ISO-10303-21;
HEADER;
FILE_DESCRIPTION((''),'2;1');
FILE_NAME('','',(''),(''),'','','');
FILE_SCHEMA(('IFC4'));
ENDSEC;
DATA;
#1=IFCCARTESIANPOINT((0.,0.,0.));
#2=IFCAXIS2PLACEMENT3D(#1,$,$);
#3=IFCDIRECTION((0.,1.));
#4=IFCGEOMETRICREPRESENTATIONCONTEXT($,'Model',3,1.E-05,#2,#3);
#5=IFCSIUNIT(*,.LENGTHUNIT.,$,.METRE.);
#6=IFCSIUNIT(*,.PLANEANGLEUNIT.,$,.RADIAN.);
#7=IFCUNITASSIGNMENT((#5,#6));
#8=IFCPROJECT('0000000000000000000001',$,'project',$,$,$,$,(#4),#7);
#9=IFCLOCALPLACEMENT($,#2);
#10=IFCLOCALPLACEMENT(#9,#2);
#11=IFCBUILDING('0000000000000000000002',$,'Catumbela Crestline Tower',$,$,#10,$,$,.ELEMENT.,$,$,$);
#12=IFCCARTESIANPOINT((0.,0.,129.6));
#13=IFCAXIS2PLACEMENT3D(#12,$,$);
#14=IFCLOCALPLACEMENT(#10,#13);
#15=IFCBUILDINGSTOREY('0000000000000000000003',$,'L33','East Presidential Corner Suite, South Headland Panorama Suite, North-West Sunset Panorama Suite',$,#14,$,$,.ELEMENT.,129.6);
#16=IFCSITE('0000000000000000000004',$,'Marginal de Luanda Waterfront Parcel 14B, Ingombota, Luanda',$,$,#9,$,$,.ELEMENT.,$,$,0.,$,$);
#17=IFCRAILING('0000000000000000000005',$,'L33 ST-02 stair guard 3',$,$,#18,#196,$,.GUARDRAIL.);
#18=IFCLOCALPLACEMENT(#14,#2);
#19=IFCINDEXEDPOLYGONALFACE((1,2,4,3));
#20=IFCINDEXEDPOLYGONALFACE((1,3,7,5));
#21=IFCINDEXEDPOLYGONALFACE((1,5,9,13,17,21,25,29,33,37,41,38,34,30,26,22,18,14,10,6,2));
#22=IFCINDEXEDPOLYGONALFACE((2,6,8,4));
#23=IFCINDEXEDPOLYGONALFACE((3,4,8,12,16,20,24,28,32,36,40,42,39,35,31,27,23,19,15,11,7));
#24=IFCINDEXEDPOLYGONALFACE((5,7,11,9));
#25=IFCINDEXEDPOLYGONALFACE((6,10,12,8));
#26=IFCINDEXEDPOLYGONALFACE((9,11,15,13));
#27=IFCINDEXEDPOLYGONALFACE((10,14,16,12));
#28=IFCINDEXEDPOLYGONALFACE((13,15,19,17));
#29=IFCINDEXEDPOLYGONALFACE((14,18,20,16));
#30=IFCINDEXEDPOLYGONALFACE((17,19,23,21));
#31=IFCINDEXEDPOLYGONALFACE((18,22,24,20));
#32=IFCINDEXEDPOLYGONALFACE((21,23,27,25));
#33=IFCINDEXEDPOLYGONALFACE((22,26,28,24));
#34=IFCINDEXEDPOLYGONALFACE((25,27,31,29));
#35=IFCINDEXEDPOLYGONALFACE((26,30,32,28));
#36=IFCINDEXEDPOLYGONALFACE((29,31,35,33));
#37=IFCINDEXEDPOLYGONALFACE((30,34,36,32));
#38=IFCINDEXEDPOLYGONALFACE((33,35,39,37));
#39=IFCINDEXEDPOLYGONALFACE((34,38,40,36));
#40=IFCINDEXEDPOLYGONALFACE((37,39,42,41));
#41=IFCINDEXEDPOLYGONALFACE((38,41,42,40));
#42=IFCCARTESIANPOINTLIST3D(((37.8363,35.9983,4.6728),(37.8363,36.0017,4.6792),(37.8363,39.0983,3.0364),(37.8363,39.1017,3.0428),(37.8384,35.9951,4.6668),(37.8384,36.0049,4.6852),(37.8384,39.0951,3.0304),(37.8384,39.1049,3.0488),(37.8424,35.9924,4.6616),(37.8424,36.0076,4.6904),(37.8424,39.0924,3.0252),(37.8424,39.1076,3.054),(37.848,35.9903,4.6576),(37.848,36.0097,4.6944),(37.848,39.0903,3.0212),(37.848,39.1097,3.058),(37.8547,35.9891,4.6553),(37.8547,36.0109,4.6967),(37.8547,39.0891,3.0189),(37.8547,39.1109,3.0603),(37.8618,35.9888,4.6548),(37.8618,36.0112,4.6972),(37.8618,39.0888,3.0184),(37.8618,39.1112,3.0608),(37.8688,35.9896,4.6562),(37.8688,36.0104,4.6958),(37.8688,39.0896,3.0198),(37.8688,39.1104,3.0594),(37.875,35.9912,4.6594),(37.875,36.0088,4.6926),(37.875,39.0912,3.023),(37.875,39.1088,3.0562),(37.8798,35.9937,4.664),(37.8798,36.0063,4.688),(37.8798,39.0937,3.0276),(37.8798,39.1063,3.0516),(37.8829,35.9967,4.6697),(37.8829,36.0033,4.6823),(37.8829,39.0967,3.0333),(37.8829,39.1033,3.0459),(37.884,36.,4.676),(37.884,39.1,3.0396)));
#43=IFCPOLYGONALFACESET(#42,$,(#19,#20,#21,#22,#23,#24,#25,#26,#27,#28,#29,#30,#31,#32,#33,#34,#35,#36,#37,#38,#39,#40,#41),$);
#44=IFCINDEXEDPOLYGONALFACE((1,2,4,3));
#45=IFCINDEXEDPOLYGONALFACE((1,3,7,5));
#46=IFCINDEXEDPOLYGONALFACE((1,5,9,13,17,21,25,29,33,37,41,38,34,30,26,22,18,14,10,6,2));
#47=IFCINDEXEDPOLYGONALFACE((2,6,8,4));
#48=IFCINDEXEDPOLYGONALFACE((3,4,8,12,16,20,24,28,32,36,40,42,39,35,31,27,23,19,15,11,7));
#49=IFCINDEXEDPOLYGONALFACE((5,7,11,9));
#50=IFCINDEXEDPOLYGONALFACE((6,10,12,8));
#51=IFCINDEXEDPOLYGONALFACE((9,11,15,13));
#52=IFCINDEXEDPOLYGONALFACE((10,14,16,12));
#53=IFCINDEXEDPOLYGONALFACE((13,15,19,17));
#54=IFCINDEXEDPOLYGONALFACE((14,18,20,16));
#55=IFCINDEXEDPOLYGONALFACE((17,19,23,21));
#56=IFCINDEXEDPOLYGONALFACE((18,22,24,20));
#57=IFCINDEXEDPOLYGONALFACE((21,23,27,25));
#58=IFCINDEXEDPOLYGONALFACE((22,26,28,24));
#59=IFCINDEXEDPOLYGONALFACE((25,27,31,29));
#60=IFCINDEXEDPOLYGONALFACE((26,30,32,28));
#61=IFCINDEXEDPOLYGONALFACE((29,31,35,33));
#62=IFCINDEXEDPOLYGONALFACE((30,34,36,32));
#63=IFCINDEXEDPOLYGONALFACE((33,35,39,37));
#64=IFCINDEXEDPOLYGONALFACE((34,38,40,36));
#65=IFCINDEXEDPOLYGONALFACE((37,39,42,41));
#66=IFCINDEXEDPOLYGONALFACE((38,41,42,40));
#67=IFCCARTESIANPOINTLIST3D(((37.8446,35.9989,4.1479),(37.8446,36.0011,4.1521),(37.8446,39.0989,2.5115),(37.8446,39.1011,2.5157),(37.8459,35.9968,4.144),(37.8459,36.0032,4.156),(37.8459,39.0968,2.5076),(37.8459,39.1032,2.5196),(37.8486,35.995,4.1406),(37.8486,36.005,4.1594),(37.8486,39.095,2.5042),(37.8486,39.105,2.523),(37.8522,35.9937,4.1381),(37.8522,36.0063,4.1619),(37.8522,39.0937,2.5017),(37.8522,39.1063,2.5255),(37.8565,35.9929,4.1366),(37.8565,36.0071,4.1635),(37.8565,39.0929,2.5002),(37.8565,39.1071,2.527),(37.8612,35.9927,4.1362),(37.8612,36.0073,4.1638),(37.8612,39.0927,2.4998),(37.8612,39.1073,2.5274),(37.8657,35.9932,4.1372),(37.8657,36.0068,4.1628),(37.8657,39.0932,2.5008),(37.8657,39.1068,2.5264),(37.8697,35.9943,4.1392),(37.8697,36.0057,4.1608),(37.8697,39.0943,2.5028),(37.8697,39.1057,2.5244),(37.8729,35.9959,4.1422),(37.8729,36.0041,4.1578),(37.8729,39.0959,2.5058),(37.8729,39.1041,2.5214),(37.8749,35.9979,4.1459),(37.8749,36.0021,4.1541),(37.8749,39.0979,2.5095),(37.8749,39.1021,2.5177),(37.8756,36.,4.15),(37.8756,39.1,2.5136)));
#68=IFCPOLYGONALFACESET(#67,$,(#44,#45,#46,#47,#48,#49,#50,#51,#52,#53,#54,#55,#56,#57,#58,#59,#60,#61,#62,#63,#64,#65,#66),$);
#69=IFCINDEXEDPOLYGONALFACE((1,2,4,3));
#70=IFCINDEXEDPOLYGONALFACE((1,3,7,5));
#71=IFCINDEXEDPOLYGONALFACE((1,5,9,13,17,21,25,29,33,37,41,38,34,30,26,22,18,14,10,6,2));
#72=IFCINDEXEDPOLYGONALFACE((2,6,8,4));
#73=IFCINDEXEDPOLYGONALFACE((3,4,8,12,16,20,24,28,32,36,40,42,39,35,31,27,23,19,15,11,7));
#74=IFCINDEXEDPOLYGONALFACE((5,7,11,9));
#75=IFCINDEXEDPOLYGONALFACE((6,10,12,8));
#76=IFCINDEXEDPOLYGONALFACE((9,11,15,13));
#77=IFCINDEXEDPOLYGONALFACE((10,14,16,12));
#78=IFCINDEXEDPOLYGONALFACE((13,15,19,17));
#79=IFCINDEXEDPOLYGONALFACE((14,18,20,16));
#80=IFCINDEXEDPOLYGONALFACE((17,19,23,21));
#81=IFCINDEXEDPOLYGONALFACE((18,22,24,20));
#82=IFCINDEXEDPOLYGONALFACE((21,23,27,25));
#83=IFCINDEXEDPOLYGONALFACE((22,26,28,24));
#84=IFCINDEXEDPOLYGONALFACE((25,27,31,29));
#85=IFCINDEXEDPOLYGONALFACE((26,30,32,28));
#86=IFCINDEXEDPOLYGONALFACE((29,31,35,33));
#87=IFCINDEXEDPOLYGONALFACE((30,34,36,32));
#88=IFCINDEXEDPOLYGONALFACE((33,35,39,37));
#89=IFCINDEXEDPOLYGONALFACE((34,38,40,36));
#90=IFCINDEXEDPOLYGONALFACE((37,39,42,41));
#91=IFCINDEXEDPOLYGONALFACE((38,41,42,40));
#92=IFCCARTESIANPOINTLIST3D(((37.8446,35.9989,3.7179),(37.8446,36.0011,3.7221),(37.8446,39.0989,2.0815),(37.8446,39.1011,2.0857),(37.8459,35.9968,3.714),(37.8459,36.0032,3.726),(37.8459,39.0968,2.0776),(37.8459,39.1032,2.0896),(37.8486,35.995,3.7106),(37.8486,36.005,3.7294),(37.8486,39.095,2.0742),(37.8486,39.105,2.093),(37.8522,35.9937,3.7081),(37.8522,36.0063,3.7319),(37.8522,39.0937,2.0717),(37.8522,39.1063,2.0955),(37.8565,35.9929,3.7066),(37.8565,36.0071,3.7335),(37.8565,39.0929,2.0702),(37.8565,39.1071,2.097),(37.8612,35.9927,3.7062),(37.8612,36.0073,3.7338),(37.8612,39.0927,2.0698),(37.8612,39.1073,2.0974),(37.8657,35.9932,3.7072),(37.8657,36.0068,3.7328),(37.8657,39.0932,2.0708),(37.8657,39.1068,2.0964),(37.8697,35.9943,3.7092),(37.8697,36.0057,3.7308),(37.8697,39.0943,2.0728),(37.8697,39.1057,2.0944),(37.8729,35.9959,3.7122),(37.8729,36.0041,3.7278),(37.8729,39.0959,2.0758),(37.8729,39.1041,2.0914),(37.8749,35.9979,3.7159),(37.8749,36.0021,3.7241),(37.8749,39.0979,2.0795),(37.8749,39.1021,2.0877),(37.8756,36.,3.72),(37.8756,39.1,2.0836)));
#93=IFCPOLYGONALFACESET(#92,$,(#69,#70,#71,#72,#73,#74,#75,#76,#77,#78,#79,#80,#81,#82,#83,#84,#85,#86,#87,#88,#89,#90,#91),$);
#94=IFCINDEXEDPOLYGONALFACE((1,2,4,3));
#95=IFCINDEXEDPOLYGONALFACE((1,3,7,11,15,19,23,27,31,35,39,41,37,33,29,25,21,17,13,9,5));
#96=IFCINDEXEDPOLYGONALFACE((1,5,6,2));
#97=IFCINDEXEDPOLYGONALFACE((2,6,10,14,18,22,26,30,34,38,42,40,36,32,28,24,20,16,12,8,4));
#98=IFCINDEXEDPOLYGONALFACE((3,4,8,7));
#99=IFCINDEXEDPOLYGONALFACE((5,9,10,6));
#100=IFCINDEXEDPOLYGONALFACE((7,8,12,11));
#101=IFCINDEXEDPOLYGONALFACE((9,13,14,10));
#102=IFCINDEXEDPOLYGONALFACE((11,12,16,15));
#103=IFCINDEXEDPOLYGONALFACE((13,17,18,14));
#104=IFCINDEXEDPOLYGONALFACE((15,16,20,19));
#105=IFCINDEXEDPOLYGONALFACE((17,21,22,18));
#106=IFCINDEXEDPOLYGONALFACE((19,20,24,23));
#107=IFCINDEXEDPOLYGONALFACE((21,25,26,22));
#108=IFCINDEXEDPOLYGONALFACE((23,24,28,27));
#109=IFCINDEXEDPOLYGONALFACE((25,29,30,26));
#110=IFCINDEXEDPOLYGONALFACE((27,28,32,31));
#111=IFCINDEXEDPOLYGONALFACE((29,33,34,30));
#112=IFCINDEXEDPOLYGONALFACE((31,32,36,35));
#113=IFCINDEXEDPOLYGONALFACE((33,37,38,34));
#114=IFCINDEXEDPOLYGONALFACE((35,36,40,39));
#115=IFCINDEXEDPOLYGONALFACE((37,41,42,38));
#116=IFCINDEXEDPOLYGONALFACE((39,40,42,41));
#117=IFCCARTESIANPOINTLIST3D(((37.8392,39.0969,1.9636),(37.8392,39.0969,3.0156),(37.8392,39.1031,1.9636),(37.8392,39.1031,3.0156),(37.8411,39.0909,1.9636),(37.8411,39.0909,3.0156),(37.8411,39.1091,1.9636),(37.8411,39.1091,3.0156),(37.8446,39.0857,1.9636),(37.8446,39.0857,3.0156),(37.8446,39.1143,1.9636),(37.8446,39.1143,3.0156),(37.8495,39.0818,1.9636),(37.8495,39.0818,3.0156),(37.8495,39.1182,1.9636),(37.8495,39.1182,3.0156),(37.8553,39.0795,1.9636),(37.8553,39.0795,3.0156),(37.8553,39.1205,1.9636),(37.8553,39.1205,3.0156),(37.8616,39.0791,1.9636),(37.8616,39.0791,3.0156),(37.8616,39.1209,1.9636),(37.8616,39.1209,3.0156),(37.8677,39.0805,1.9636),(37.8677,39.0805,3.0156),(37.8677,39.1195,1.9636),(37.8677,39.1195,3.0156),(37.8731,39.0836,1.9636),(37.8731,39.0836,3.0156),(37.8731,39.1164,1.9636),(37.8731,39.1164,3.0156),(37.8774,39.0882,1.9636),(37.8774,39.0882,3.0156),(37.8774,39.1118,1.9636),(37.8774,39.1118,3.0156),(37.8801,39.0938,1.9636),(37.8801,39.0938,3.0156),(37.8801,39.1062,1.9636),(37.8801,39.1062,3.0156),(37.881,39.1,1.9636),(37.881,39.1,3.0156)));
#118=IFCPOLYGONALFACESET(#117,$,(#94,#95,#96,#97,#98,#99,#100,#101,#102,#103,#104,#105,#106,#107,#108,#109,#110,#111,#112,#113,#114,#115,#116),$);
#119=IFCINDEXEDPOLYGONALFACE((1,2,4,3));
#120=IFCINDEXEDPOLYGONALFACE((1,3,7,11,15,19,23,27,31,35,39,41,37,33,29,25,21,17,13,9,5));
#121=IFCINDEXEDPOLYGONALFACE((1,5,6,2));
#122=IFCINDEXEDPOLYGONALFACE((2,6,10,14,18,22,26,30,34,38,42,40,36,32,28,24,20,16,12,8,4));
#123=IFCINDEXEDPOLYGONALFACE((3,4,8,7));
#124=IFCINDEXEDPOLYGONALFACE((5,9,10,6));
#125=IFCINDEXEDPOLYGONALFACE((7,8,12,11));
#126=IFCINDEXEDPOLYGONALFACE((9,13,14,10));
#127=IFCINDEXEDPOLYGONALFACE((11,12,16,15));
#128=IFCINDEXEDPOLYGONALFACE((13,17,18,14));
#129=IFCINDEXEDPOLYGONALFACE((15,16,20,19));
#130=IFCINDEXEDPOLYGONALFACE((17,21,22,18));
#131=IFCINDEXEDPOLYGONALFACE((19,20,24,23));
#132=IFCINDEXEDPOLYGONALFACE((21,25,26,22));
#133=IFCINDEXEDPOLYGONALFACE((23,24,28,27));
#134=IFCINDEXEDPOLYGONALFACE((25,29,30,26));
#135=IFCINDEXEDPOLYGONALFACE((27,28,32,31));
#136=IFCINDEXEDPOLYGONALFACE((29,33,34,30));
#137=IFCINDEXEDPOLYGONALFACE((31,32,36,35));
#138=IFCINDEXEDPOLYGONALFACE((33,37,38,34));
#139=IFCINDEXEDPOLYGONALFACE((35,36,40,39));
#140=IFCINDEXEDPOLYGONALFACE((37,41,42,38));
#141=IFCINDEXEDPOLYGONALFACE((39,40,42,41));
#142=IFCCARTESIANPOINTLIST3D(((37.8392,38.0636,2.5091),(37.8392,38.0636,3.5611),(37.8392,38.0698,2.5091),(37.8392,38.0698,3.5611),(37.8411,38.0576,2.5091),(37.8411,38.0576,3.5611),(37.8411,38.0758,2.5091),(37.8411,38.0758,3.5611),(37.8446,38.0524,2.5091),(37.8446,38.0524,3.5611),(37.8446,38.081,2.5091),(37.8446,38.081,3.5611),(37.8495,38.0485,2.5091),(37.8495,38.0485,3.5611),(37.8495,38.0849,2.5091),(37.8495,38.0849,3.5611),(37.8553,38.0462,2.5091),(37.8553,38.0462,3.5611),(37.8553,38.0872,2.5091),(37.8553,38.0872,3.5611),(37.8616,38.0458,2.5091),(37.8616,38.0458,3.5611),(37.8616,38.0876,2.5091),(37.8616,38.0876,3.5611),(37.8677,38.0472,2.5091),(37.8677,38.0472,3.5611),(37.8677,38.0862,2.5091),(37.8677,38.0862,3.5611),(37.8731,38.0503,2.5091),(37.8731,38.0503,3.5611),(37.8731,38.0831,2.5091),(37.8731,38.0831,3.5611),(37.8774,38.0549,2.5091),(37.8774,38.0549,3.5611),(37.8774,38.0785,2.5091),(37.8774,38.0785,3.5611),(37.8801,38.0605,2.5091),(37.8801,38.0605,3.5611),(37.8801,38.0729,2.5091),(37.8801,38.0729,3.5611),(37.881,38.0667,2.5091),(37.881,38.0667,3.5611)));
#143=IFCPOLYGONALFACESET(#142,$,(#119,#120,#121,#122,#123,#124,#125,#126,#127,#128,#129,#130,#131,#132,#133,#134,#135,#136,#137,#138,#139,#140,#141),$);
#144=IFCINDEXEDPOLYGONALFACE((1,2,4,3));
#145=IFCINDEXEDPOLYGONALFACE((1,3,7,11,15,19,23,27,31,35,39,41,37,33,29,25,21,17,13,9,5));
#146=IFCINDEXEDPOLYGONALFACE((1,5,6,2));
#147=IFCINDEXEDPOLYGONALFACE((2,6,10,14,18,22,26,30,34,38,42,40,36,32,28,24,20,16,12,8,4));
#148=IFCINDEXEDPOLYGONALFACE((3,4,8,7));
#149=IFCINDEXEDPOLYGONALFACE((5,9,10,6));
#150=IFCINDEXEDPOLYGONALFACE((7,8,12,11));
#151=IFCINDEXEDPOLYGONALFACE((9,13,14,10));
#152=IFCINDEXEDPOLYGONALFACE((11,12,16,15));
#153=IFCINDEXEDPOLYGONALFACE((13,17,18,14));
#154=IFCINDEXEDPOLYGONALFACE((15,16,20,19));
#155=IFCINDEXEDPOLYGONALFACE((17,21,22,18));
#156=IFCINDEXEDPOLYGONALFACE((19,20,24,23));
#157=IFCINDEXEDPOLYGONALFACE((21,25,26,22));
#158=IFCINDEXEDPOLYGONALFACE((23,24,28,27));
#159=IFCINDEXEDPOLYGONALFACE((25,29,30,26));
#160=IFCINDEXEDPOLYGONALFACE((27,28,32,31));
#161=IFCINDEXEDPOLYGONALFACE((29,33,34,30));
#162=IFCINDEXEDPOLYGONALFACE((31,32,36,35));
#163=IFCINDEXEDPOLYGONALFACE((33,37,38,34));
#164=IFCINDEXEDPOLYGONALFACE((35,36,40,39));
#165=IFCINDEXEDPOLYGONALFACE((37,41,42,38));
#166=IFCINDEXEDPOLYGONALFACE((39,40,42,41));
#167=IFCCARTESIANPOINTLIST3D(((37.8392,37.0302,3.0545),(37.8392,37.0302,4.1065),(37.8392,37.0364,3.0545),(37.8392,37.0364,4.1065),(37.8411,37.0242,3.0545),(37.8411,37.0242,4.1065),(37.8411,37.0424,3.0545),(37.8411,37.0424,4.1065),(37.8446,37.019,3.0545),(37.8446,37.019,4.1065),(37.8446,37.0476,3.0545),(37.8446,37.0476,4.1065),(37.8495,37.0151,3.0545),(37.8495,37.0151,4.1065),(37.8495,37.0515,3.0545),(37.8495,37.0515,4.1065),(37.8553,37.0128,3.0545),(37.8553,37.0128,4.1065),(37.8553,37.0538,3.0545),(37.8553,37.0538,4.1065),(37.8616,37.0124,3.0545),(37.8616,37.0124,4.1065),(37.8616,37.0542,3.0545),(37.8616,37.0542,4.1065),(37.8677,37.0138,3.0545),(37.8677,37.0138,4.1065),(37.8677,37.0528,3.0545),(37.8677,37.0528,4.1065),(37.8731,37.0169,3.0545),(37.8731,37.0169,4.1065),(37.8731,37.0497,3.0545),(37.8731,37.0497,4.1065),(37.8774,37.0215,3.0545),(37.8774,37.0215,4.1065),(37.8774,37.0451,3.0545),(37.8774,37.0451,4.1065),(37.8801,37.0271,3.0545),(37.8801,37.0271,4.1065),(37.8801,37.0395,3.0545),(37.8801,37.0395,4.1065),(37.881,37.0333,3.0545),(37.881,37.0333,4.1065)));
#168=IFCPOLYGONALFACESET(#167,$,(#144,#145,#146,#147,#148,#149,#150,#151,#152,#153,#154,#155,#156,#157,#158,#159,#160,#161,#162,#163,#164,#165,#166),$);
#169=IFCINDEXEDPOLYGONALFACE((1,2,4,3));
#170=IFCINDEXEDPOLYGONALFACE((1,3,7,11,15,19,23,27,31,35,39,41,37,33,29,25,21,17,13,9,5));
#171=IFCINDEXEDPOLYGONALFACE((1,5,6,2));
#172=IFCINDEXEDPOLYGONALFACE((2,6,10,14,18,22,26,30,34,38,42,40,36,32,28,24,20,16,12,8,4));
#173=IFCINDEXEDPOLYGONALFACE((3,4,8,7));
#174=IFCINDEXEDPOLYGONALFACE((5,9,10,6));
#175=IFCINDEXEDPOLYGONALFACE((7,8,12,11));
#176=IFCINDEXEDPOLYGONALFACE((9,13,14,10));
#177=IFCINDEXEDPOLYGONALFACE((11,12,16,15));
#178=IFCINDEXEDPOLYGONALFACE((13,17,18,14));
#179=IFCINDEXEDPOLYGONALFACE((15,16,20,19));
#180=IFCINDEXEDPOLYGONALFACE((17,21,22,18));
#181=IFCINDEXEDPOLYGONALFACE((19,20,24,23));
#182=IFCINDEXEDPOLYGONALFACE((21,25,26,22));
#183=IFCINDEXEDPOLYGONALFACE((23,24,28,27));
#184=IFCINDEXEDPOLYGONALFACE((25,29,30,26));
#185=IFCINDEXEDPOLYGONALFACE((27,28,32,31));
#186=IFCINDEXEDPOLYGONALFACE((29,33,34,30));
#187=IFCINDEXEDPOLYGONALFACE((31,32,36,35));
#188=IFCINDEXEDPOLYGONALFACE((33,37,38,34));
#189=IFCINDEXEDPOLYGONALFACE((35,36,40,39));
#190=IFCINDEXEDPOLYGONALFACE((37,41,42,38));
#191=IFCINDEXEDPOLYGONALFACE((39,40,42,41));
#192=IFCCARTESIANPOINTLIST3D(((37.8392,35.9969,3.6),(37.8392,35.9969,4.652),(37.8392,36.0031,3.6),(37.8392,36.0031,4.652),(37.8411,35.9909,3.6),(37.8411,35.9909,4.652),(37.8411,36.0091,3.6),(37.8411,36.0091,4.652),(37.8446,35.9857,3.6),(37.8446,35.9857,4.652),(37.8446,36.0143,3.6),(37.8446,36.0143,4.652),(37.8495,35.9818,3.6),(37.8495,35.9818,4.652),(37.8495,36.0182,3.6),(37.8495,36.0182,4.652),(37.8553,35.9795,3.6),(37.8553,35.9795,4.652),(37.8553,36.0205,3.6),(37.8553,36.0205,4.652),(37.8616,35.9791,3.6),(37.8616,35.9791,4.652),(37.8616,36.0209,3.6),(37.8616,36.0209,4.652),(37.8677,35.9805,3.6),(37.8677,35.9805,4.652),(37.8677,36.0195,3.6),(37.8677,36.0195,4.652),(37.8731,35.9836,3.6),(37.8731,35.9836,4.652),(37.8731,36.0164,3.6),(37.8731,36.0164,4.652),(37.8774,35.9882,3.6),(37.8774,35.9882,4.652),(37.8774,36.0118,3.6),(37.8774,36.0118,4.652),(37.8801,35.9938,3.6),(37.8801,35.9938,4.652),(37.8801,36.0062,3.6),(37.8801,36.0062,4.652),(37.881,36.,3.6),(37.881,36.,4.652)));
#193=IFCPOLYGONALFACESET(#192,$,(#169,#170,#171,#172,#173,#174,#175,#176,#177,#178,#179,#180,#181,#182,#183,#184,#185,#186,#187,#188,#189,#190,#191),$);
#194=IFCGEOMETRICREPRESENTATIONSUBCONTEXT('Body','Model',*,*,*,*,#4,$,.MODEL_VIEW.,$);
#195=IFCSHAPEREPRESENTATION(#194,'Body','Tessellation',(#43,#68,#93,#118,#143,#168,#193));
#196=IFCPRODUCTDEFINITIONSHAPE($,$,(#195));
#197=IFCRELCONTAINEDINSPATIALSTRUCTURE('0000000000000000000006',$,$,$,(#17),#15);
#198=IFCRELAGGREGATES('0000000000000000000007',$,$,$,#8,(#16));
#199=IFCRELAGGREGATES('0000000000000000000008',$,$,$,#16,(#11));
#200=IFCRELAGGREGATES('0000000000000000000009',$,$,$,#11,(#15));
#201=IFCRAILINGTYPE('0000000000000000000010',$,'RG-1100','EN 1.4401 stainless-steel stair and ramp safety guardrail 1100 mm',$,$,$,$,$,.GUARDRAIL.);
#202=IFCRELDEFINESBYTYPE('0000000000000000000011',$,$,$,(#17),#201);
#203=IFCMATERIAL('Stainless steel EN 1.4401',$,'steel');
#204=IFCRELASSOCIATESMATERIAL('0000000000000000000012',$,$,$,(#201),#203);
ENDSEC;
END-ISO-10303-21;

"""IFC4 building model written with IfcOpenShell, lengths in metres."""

from ifc_helpers import new_model, si_unit, direction, frame, origin, origin_2d, place, context, subcontext, project, spatial, circle, extrude, material, type_object, element, save


model = new_model("IFC4")

# Units and contexts
model_context = context("Model", 3, precision=1e-05, world=origin(), true_north=direction((0.0, 1.0)))
body_context = subcontext(model_context, "Body", "Model", "MODEL_VIEW")
ifc_project = project(units=[si_unit("LENGTHUNIT", "METRE"), si_unit("PLANEANGLEUNIT", "RADIAN")], contexts=[model_context])

# Site, building, storey
site_placement = place(None, origin())
site = spatial("IfcSite", under=ifc_project, at=site_placement, Name="Marginal de Luanda Waterfront Parcel 14B, Ingombota, Luanda", CompositionType="ELEMENT", RefElevation=0.0)
building_placement = place(site_placement, origin())
building = spatial("IfcBuilding", under=site, at=building_placement, Name="Catumbela Crestline Tower", CompositionType="ELEMENT")
storey_placement = place(building_placement, frame((0.0, 0.0, 129.6)))
storey = spatial("IfcBuildingStorey", under=building, at=storey_placement, Name="L33", Description="East Presidential Corner Suite, South Headland Panorama Suite, North-West Sunset Panorama Suite", CompositionType="ELEMENT", Elevation=129.6)

# Shared definitions
ifc_material_1 = material(Name="Stainless steel EN 1.4401", Category="steel")

# Railing
railing_type_1 = type_object("IfcRailingType", Name="RG-1100", Description="EN 1.4401 stainless-steel stair and ramp safety guardrail 1100 mm", PredefinedType="GUARDRAIL", material=ifc_material_1)
railing_1_placement = place(storey_placement, frame((37.86, 39.1, 1.9636)))
element("IfcRailing", 1, at=railing_1_placement, inside=storey, type_object=railing_type_1, Name="L33 ST-02 stair guard 3", PredefinedType="GUARDRAIL", context=body_context, shape_type="SweptSolid", body=[
    extrude(circle(Radius=0.024, at=origin_2d()), frame((0.0, 0.0, 1.076), z_axis=(0.0, -0.884351, 0.466823), x_axis=(1.0, 0.0, 0.0)), (0.0, 0.0, 1.0), 3.5054),
    extrude(circle(Radius=0.0156, at=origin_2d()), frame((0.0, 0.0, 0.55), z_axis=(0.0, -0.884351, 0.466823), x_axis=(1.0, 0.0, 0.0)), (0.0, 0.0, 1.0), 3.5054),
    extrude(circle(Radius=0.0156, at=origin_2d()), frame((0.0, 0.0, 0.12), z_axis=(0.0, -0.884351, 0.466823), x_axis=(1.0, 0.0, 0.0)), (0.0, 0.0, 1.0), 3.5054),
    extrude(circle(Radius=0.021, at=origin_2d()), origin(), (0.0, 0.0, 1.0), 1.052),
    extrude(circle(Radius=0.021, at=origin_2d()), frame((0.0, -1.0333, 0.5455)), (0.0, 0.0, 1.0), 1.052),
    extrude(circle(Radius=0.021, at=origin_2d()), frame((0.0, -2.0667, 1.0909)), (0.0, 0.0, 1.0), 1.052),
    extrude(circle(Radius=0.021, at=origin_2d()), frame((0.0, -3.1, 1.6364)), (0.0, 0.0, 1.0), 1.052),
])

save(model, "model.ifc")
